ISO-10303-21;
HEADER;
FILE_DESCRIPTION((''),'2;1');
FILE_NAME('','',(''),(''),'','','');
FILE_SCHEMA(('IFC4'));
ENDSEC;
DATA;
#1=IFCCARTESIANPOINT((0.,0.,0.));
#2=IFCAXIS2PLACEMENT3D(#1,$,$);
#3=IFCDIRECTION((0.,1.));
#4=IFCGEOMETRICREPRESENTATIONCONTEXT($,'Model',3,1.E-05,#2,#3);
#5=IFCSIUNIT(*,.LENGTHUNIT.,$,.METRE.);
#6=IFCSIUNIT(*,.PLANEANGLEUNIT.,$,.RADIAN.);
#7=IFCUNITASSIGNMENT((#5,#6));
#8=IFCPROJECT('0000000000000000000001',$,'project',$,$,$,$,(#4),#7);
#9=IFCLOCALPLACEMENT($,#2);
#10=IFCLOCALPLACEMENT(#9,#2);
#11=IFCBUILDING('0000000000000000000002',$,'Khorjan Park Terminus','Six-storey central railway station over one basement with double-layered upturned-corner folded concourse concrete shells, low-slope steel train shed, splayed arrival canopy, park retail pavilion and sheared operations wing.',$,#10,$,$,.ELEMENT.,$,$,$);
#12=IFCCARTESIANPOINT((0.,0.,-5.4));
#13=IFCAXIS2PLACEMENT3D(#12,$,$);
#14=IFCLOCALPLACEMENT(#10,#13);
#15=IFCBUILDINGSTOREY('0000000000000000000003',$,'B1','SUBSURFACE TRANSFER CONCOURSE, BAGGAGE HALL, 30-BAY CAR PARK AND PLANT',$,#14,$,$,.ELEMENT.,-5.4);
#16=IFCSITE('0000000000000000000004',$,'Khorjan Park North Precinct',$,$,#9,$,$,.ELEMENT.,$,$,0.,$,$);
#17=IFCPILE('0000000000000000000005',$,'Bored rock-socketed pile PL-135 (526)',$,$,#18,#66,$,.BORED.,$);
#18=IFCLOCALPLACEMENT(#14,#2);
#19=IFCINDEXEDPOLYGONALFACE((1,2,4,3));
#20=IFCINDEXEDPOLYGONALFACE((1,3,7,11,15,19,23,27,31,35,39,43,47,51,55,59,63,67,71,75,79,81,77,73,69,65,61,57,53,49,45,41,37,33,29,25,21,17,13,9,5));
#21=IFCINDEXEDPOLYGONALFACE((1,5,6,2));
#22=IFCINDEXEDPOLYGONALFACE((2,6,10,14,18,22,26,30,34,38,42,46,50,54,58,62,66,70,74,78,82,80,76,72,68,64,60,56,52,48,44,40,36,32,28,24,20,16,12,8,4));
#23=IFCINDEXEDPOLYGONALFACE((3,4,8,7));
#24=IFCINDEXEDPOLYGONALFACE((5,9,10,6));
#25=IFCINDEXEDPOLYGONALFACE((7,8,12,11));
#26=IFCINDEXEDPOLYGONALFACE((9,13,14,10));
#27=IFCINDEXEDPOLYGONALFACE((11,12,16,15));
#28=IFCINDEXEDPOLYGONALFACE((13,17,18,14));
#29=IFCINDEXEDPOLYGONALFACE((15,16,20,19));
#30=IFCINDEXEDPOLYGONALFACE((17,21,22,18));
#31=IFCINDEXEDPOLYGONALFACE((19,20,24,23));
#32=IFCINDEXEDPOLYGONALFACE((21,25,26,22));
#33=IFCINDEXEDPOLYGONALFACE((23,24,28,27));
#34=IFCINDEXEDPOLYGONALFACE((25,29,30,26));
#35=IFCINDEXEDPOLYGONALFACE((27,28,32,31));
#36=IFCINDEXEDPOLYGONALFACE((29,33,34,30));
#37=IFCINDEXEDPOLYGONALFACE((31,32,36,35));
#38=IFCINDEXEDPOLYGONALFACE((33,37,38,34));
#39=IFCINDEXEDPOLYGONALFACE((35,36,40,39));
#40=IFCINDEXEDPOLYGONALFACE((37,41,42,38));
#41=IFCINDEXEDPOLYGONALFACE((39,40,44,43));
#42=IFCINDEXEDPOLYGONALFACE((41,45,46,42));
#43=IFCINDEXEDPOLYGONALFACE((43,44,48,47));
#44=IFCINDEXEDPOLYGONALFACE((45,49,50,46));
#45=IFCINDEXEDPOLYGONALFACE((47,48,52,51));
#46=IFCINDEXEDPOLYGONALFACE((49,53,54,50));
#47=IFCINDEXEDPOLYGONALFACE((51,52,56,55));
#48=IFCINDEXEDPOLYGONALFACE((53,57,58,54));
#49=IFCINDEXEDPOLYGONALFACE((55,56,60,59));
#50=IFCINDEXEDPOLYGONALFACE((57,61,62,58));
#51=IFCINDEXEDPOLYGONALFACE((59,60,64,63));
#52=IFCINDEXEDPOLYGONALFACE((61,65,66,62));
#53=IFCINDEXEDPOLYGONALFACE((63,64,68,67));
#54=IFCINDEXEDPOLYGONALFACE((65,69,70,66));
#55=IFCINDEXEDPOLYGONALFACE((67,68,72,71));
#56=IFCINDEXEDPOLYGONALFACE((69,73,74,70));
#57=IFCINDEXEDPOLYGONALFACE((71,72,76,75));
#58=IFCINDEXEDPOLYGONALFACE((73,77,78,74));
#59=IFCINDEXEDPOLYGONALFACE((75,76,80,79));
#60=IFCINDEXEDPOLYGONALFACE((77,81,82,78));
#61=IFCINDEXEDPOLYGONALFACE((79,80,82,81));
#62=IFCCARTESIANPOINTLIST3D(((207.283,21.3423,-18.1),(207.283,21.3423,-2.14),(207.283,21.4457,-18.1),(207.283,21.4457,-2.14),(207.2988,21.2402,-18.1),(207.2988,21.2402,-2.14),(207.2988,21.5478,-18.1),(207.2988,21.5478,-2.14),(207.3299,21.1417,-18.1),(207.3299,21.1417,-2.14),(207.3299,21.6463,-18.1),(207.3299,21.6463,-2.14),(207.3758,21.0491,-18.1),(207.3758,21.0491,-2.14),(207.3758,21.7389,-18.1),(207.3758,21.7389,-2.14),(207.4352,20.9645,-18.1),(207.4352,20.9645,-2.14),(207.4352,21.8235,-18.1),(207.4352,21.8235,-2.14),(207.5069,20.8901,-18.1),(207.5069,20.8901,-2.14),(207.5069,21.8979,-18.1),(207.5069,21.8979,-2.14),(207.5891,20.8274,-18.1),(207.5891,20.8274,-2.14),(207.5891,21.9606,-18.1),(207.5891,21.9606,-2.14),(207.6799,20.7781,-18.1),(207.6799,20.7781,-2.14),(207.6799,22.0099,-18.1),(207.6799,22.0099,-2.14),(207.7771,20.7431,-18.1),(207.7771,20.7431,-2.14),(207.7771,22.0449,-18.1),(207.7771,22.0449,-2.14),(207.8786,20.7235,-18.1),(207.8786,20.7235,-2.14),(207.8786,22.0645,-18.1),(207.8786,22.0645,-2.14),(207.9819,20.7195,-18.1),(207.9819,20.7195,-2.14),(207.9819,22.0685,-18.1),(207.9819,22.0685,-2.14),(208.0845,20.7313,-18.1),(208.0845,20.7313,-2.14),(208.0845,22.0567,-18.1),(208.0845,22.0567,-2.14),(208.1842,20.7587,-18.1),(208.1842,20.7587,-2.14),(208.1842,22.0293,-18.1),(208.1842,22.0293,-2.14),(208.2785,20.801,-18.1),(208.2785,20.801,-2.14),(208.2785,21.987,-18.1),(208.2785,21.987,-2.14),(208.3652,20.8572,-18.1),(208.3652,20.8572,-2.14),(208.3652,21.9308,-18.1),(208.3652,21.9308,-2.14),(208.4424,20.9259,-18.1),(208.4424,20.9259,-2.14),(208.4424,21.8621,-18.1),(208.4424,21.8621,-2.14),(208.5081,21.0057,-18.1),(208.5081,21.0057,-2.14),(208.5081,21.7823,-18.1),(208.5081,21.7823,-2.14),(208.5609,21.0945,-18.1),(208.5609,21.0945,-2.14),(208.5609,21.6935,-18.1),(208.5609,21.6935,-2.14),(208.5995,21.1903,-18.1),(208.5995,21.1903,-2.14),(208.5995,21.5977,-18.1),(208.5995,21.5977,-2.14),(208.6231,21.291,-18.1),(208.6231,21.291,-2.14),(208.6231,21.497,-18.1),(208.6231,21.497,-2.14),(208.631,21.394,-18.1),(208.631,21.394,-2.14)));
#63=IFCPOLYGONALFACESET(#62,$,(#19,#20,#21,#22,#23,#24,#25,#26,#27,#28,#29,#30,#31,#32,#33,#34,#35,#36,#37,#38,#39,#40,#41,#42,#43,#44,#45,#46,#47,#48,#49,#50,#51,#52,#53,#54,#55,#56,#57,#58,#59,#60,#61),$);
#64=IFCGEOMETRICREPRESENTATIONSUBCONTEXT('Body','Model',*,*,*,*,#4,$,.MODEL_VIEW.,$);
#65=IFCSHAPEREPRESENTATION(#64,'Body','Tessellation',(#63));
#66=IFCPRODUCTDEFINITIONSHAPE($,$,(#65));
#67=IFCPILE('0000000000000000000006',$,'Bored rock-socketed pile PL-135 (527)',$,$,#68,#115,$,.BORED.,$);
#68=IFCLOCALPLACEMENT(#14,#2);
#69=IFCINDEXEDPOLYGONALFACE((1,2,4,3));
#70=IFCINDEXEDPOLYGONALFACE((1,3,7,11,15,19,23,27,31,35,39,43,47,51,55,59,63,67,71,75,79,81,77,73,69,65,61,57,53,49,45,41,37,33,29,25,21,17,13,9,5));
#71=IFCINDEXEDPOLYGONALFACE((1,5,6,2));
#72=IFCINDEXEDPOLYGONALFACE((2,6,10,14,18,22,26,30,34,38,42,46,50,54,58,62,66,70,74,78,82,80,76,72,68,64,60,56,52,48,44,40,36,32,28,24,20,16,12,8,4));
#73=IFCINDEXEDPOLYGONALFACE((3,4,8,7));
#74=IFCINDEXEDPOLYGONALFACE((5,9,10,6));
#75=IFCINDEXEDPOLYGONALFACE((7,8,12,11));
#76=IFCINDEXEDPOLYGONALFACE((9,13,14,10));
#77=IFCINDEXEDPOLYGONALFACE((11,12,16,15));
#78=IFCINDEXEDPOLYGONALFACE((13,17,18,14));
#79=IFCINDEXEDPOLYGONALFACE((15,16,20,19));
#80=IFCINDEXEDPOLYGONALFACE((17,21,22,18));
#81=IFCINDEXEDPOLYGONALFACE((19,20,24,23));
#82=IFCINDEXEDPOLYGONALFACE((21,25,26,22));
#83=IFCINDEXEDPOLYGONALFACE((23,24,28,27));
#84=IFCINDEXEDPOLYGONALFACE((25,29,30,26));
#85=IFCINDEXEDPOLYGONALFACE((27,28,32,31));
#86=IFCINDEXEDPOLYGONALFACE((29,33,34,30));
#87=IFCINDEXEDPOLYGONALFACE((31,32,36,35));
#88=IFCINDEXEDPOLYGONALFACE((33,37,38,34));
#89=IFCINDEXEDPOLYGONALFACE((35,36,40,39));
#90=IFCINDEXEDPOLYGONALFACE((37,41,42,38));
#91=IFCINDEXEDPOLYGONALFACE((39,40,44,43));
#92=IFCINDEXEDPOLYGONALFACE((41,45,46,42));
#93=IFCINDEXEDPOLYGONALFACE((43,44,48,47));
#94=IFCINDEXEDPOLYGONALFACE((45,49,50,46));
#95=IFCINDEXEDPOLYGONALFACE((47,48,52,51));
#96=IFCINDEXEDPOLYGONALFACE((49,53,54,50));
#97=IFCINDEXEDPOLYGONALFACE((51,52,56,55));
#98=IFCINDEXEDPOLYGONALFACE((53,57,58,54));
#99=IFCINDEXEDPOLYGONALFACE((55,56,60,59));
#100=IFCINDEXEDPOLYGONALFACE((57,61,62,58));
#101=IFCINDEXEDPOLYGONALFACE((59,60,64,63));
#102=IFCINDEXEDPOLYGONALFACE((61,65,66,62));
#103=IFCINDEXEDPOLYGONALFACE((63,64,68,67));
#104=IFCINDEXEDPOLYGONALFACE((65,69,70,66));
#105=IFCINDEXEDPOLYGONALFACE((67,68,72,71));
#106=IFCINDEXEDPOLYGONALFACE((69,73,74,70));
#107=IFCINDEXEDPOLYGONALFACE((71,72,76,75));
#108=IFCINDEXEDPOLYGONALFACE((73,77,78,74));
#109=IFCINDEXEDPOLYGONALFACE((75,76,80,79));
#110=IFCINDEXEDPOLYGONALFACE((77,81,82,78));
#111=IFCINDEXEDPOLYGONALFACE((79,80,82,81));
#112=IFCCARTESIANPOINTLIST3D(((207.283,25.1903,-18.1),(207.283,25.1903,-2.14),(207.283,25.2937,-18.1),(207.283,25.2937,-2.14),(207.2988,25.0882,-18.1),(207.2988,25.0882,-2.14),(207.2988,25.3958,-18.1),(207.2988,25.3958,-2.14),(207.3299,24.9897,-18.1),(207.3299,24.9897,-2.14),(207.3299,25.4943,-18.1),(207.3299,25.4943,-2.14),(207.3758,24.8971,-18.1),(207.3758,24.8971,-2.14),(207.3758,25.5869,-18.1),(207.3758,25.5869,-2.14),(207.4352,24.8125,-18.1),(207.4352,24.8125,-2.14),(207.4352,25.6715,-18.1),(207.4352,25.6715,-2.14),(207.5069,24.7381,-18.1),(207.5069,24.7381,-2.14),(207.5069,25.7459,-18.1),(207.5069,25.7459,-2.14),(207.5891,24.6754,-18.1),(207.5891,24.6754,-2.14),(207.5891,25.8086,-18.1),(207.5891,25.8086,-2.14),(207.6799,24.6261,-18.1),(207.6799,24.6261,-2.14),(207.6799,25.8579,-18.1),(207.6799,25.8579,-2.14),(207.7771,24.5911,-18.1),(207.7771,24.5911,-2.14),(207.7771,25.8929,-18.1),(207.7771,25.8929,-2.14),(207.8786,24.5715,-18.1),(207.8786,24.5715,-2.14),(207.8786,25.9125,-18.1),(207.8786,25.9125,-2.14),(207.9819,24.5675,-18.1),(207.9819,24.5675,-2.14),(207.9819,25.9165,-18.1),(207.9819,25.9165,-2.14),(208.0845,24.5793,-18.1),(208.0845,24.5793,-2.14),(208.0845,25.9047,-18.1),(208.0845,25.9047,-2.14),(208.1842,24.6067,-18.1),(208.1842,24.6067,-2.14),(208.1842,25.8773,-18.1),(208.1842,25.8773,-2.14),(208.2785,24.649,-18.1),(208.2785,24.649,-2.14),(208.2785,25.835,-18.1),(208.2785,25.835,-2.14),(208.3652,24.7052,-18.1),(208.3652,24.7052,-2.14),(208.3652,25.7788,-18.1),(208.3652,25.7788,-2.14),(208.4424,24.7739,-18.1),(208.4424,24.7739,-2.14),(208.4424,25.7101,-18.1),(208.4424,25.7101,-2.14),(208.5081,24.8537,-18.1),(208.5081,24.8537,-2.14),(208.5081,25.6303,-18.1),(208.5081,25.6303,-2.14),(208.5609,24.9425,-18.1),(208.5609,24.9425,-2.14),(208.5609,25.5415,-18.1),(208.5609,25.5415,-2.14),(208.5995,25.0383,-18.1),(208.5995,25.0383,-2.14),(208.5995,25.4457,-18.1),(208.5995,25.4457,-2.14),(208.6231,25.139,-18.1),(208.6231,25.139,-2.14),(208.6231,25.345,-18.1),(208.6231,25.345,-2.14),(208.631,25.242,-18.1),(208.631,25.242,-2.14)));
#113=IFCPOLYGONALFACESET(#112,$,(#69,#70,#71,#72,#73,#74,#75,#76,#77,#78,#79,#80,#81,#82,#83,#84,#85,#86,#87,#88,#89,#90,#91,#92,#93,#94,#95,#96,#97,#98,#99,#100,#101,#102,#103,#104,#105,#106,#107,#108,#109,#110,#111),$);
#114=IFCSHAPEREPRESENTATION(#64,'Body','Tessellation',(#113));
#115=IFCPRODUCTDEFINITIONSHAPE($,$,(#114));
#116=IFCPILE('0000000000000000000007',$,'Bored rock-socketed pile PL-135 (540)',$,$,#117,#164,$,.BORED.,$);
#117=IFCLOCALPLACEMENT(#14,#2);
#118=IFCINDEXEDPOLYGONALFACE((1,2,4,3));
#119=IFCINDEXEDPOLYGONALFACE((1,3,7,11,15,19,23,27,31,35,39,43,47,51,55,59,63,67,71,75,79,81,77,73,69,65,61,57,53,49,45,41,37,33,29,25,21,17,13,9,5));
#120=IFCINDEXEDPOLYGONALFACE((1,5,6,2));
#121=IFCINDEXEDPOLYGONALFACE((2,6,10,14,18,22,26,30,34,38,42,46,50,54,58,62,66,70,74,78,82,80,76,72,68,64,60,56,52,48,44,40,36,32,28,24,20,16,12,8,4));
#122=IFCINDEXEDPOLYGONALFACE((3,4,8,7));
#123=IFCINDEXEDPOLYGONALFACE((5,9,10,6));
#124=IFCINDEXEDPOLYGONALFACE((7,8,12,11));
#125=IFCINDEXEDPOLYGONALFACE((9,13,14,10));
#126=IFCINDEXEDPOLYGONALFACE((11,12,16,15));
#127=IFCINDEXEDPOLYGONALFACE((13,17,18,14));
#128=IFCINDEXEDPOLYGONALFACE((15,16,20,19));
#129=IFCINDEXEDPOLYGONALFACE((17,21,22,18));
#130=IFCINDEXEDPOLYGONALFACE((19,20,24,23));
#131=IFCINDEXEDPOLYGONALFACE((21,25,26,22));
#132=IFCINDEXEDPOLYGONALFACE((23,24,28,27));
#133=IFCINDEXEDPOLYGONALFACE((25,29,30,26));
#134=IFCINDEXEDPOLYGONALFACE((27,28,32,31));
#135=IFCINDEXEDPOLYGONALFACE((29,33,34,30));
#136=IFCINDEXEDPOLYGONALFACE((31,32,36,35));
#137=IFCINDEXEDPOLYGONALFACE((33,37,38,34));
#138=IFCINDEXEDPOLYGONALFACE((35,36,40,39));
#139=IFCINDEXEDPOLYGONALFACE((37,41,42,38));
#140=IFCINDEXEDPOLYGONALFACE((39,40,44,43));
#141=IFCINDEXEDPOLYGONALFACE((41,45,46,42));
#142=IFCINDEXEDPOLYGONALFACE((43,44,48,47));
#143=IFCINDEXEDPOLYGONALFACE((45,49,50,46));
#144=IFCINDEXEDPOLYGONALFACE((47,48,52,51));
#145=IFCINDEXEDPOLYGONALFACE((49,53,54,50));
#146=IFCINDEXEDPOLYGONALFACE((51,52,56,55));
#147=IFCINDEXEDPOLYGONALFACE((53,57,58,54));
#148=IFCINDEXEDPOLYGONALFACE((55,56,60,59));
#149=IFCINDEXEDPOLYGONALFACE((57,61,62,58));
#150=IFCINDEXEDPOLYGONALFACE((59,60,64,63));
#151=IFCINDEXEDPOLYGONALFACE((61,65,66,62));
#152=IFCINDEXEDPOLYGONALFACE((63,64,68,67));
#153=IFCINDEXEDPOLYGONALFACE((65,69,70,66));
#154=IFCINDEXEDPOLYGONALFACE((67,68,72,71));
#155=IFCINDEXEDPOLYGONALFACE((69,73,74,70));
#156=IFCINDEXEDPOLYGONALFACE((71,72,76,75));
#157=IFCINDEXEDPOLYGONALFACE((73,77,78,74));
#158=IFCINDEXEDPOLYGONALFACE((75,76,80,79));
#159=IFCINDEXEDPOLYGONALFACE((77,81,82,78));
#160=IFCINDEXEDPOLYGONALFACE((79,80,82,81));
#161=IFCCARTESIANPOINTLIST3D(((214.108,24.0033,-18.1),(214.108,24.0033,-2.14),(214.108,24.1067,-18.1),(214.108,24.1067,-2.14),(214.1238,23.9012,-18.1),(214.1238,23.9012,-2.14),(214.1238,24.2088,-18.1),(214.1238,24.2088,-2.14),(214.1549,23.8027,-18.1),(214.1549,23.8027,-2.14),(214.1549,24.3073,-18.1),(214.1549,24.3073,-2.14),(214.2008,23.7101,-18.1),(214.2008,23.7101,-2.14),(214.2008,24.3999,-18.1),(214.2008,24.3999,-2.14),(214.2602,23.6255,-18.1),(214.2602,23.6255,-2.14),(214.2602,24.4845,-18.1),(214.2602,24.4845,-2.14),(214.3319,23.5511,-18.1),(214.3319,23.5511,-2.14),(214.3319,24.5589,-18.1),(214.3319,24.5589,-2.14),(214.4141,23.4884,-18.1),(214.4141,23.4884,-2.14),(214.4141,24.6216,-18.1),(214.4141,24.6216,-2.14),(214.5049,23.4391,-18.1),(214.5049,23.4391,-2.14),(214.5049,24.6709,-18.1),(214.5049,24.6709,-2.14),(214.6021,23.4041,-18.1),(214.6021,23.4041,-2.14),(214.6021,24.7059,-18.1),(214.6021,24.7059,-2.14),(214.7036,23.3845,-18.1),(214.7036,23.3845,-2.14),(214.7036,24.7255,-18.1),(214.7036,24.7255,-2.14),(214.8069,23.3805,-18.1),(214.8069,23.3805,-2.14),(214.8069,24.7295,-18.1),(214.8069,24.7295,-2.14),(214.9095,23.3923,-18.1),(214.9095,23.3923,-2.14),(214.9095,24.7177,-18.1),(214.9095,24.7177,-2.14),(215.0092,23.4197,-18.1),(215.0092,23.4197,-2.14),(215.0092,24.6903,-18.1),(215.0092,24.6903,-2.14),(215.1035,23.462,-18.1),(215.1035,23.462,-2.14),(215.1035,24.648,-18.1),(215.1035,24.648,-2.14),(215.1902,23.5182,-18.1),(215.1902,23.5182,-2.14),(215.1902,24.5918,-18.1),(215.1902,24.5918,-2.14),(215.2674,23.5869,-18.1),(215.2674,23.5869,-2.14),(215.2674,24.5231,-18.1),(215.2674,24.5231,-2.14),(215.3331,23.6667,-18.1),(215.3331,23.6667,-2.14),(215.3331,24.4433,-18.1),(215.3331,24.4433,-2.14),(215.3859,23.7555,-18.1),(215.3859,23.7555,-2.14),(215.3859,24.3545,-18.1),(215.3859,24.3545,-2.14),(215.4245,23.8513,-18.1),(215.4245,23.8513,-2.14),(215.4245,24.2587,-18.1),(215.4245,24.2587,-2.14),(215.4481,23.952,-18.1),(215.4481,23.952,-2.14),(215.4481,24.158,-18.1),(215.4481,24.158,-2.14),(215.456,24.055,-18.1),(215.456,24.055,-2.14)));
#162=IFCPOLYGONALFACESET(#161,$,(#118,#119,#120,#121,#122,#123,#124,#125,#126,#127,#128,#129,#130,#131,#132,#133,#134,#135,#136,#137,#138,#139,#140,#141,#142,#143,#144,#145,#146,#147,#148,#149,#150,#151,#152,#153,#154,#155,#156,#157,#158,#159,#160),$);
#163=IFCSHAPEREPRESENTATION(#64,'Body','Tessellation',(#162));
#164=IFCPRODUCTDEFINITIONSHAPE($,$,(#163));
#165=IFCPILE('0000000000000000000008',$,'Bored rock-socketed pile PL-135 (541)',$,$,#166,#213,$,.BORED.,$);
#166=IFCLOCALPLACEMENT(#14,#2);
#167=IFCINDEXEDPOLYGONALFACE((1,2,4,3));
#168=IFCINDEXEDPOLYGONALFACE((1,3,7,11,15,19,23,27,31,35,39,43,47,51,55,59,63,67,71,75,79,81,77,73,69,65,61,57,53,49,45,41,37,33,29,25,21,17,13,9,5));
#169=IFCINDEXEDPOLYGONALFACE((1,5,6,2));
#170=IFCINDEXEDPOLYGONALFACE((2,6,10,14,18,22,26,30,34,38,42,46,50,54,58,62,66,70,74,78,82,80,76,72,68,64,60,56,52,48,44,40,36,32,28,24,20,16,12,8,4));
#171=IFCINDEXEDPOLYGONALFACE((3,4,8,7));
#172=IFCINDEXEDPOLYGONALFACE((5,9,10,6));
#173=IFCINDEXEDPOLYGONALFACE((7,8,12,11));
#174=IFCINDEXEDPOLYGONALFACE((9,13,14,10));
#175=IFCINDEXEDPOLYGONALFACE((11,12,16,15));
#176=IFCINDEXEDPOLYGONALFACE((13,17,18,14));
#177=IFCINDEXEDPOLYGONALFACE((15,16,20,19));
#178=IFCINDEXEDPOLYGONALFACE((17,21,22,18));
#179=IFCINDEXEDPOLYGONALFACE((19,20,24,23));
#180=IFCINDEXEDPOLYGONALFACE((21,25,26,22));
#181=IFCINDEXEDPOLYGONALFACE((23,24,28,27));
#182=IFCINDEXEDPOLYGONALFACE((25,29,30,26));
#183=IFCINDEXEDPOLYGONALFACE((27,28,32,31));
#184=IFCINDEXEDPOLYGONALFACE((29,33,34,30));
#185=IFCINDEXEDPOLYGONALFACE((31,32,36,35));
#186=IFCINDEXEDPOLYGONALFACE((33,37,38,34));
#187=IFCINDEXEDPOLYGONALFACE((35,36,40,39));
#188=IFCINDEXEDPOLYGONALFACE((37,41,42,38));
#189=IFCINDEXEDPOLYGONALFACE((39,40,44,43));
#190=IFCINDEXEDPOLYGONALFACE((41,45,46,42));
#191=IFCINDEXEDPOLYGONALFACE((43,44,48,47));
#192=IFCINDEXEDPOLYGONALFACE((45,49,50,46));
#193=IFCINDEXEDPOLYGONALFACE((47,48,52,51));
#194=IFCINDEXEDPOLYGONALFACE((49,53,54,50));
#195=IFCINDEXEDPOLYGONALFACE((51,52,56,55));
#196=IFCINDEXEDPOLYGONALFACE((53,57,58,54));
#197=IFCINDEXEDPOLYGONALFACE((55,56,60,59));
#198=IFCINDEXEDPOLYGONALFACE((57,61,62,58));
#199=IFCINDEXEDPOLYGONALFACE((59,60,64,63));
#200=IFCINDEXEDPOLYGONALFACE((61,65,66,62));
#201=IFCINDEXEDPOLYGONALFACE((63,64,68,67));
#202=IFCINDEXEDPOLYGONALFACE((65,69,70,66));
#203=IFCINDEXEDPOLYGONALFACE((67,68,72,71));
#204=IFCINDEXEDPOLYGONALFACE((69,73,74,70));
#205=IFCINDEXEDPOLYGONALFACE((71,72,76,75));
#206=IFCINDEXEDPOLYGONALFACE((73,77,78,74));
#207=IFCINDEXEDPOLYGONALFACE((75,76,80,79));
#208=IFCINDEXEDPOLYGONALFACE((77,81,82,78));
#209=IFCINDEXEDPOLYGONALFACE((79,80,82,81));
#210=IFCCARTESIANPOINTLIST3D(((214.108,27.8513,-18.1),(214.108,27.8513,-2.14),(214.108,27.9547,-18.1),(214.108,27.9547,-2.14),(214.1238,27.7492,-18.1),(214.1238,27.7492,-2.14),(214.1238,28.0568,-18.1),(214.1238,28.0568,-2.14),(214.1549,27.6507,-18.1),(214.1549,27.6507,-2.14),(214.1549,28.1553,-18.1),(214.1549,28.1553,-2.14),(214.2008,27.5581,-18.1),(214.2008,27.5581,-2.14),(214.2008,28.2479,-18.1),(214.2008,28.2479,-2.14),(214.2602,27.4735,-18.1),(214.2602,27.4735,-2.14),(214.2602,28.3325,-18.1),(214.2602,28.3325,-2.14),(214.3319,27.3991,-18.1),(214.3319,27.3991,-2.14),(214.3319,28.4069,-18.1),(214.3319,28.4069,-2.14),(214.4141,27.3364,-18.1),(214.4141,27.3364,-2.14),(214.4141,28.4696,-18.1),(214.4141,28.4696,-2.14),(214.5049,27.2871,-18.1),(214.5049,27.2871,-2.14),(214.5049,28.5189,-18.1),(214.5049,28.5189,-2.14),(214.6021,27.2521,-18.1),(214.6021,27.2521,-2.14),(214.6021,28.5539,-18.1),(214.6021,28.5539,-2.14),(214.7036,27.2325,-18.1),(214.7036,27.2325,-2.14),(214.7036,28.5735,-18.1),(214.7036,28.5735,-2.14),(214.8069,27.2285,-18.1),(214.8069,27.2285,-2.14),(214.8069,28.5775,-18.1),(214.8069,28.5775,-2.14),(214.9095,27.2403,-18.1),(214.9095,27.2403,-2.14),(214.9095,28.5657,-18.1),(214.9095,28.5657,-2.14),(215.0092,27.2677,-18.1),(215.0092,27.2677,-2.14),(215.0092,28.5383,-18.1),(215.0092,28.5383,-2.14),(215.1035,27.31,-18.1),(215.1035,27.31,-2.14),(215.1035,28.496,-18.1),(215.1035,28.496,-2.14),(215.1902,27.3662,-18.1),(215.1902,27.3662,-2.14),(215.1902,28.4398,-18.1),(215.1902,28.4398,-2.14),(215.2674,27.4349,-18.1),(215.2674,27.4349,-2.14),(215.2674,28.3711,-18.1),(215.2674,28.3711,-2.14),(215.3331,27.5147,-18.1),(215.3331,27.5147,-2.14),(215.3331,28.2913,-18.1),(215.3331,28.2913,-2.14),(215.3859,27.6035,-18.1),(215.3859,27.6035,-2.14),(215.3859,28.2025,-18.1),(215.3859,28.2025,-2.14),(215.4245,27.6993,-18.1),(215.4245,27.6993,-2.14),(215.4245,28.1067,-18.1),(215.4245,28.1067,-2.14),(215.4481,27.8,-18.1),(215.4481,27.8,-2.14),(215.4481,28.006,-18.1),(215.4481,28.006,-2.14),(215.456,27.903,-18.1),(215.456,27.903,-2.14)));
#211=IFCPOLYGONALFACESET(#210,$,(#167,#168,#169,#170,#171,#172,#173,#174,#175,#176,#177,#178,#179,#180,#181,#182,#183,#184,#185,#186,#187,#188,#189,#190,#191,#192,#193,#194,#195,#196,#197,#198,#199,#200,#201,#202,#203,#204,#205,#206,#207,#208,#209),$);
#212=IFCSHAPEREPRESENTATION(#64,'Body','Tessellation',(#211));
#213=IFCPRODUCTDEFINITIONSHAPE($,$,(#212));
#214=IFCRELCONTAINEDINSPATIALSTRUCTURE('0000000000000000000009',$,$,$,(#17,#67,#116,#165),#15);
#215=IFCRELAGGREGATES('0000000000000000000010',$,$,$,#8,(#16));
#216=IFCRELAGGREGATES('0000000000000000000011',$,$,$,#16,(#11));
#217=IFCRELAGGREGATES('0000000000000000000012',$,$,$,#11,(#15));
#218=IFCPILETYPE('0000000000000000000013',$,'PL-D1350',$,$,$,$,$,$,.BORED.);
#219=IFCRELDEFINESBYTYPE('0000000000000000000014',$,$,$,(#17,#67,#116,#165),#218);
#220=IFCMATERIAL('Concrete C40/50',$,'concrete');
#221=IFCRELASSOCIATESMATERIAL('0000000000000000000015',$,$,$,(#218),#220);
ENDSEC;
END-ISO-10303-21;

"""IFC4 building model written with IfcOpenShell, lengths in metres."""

from ifc_helpers import new_model, si_unit, direction, frame, origin, origin_2d, place, context, subcontext, project, spatial, circle, extrude, material, material_profile, profile_set, type_object, element, save


model = new_model("IFC4")

# Units and contexts
model_context = context("Model", 3, precision=1e-05, world=origin(), true_north=direction((0.0, 1.0)))
body_context = subcontext(model_context, "Body", "Model", "MODEL_VIEW")
ifc_project = project(units=[si_unit("LENGTHUNIT", "METRE"), si_unit("PLANEANGLEUNIT", "RADIAN")], contexts=[model_context])

# Site, building, storey
site_placement = place(None, origin())
site = spatial("IfcSite", under=ifc_project, at=site_placement, Name="Khorjan Park North Precinct", CompositionType="ELEMENT", RefElevation=0.0)
building_placement = place(site_placement, origin())
building = spatial("IfcBuilding", under=site, at=building_placement, Name="Khorjan Park Terminus", Description="Six-storey central railway station over one basement with double-layered upturned-corner folded concourse concrete shells, low-slope steel train shed, splayed arrival canopy, park retail pavilion and sheared operations wing.", CompositionType="ELEMENT")
storey_placement = place(building_placement, frame((0.0, 0.0, -5.4)))
storey = spatial("IfcBuildingStorey", under=building, at=storey_placement, Name="B1", Description="SUBSURFACE TRANSFER CONCOURSE, BAGGAGE HALL, 30-BAY CAR PARK AND PLANT", CompositionType="ELEMENT", Elevation=-5.4)

# Piles
ifc_material_1 = material(Name="Concrete C40/50", Category="concrete")
ifc_material_profile_1 = material_profile(ifc_material_1, circle(Radius=0.675, at=origin_2d()), Name="BORED D1350")
ifc_profile_set_1 = profile_set([ifc_material_profile_1], Name="Concrete C40/50")
pile_type = type_object("IfcPileType", Name="PL-D1350", PredefinedType="BORED", material=ifc_profile_set_1)
for number, where, z_axis, x_axis, name in (
    (1, (207.956, 21.394, -2.14), (0.0, 0.0, -1.0), (1.0, 0.0, 0.0), "Bored rock-socketed pile PL-135 (526)"),
    (2, (207.956, 25.242, -2.14), (0.0, 0.0, -1.0), (1.0, 0.0, 0.0), "Bored rock-socketed pile PL-135 (527)"),
    (3, (214.781, 24.055, -2.14), (0.0, 0.0, -1.0), (1.0, 0.0, 0.0), "Bored rock-socketed pile PL-135 (540)"),
    (4, (214.781, 27.903, -2.14), (0.0, 0.0, -1.0), (1.0, 0.0, 0.0), "Bored rock-socketed pile PL-135 (541)"),
):
    element("IfcPile", number, at=place(storey_placement, frame(where, z_axis=z_axis, x_axis=x_axis)), inside=storey, type_object=pile_type, Name=name, PredefinedType="BORED", context=body_context, shape_type="SweptSolid", body=[
        extrude(circle(Radius=0.675, at=origin_2d()), origin(), (0.0, 0.0, 1.0), 15.96),
    ])

save(model, "model.ifc")
